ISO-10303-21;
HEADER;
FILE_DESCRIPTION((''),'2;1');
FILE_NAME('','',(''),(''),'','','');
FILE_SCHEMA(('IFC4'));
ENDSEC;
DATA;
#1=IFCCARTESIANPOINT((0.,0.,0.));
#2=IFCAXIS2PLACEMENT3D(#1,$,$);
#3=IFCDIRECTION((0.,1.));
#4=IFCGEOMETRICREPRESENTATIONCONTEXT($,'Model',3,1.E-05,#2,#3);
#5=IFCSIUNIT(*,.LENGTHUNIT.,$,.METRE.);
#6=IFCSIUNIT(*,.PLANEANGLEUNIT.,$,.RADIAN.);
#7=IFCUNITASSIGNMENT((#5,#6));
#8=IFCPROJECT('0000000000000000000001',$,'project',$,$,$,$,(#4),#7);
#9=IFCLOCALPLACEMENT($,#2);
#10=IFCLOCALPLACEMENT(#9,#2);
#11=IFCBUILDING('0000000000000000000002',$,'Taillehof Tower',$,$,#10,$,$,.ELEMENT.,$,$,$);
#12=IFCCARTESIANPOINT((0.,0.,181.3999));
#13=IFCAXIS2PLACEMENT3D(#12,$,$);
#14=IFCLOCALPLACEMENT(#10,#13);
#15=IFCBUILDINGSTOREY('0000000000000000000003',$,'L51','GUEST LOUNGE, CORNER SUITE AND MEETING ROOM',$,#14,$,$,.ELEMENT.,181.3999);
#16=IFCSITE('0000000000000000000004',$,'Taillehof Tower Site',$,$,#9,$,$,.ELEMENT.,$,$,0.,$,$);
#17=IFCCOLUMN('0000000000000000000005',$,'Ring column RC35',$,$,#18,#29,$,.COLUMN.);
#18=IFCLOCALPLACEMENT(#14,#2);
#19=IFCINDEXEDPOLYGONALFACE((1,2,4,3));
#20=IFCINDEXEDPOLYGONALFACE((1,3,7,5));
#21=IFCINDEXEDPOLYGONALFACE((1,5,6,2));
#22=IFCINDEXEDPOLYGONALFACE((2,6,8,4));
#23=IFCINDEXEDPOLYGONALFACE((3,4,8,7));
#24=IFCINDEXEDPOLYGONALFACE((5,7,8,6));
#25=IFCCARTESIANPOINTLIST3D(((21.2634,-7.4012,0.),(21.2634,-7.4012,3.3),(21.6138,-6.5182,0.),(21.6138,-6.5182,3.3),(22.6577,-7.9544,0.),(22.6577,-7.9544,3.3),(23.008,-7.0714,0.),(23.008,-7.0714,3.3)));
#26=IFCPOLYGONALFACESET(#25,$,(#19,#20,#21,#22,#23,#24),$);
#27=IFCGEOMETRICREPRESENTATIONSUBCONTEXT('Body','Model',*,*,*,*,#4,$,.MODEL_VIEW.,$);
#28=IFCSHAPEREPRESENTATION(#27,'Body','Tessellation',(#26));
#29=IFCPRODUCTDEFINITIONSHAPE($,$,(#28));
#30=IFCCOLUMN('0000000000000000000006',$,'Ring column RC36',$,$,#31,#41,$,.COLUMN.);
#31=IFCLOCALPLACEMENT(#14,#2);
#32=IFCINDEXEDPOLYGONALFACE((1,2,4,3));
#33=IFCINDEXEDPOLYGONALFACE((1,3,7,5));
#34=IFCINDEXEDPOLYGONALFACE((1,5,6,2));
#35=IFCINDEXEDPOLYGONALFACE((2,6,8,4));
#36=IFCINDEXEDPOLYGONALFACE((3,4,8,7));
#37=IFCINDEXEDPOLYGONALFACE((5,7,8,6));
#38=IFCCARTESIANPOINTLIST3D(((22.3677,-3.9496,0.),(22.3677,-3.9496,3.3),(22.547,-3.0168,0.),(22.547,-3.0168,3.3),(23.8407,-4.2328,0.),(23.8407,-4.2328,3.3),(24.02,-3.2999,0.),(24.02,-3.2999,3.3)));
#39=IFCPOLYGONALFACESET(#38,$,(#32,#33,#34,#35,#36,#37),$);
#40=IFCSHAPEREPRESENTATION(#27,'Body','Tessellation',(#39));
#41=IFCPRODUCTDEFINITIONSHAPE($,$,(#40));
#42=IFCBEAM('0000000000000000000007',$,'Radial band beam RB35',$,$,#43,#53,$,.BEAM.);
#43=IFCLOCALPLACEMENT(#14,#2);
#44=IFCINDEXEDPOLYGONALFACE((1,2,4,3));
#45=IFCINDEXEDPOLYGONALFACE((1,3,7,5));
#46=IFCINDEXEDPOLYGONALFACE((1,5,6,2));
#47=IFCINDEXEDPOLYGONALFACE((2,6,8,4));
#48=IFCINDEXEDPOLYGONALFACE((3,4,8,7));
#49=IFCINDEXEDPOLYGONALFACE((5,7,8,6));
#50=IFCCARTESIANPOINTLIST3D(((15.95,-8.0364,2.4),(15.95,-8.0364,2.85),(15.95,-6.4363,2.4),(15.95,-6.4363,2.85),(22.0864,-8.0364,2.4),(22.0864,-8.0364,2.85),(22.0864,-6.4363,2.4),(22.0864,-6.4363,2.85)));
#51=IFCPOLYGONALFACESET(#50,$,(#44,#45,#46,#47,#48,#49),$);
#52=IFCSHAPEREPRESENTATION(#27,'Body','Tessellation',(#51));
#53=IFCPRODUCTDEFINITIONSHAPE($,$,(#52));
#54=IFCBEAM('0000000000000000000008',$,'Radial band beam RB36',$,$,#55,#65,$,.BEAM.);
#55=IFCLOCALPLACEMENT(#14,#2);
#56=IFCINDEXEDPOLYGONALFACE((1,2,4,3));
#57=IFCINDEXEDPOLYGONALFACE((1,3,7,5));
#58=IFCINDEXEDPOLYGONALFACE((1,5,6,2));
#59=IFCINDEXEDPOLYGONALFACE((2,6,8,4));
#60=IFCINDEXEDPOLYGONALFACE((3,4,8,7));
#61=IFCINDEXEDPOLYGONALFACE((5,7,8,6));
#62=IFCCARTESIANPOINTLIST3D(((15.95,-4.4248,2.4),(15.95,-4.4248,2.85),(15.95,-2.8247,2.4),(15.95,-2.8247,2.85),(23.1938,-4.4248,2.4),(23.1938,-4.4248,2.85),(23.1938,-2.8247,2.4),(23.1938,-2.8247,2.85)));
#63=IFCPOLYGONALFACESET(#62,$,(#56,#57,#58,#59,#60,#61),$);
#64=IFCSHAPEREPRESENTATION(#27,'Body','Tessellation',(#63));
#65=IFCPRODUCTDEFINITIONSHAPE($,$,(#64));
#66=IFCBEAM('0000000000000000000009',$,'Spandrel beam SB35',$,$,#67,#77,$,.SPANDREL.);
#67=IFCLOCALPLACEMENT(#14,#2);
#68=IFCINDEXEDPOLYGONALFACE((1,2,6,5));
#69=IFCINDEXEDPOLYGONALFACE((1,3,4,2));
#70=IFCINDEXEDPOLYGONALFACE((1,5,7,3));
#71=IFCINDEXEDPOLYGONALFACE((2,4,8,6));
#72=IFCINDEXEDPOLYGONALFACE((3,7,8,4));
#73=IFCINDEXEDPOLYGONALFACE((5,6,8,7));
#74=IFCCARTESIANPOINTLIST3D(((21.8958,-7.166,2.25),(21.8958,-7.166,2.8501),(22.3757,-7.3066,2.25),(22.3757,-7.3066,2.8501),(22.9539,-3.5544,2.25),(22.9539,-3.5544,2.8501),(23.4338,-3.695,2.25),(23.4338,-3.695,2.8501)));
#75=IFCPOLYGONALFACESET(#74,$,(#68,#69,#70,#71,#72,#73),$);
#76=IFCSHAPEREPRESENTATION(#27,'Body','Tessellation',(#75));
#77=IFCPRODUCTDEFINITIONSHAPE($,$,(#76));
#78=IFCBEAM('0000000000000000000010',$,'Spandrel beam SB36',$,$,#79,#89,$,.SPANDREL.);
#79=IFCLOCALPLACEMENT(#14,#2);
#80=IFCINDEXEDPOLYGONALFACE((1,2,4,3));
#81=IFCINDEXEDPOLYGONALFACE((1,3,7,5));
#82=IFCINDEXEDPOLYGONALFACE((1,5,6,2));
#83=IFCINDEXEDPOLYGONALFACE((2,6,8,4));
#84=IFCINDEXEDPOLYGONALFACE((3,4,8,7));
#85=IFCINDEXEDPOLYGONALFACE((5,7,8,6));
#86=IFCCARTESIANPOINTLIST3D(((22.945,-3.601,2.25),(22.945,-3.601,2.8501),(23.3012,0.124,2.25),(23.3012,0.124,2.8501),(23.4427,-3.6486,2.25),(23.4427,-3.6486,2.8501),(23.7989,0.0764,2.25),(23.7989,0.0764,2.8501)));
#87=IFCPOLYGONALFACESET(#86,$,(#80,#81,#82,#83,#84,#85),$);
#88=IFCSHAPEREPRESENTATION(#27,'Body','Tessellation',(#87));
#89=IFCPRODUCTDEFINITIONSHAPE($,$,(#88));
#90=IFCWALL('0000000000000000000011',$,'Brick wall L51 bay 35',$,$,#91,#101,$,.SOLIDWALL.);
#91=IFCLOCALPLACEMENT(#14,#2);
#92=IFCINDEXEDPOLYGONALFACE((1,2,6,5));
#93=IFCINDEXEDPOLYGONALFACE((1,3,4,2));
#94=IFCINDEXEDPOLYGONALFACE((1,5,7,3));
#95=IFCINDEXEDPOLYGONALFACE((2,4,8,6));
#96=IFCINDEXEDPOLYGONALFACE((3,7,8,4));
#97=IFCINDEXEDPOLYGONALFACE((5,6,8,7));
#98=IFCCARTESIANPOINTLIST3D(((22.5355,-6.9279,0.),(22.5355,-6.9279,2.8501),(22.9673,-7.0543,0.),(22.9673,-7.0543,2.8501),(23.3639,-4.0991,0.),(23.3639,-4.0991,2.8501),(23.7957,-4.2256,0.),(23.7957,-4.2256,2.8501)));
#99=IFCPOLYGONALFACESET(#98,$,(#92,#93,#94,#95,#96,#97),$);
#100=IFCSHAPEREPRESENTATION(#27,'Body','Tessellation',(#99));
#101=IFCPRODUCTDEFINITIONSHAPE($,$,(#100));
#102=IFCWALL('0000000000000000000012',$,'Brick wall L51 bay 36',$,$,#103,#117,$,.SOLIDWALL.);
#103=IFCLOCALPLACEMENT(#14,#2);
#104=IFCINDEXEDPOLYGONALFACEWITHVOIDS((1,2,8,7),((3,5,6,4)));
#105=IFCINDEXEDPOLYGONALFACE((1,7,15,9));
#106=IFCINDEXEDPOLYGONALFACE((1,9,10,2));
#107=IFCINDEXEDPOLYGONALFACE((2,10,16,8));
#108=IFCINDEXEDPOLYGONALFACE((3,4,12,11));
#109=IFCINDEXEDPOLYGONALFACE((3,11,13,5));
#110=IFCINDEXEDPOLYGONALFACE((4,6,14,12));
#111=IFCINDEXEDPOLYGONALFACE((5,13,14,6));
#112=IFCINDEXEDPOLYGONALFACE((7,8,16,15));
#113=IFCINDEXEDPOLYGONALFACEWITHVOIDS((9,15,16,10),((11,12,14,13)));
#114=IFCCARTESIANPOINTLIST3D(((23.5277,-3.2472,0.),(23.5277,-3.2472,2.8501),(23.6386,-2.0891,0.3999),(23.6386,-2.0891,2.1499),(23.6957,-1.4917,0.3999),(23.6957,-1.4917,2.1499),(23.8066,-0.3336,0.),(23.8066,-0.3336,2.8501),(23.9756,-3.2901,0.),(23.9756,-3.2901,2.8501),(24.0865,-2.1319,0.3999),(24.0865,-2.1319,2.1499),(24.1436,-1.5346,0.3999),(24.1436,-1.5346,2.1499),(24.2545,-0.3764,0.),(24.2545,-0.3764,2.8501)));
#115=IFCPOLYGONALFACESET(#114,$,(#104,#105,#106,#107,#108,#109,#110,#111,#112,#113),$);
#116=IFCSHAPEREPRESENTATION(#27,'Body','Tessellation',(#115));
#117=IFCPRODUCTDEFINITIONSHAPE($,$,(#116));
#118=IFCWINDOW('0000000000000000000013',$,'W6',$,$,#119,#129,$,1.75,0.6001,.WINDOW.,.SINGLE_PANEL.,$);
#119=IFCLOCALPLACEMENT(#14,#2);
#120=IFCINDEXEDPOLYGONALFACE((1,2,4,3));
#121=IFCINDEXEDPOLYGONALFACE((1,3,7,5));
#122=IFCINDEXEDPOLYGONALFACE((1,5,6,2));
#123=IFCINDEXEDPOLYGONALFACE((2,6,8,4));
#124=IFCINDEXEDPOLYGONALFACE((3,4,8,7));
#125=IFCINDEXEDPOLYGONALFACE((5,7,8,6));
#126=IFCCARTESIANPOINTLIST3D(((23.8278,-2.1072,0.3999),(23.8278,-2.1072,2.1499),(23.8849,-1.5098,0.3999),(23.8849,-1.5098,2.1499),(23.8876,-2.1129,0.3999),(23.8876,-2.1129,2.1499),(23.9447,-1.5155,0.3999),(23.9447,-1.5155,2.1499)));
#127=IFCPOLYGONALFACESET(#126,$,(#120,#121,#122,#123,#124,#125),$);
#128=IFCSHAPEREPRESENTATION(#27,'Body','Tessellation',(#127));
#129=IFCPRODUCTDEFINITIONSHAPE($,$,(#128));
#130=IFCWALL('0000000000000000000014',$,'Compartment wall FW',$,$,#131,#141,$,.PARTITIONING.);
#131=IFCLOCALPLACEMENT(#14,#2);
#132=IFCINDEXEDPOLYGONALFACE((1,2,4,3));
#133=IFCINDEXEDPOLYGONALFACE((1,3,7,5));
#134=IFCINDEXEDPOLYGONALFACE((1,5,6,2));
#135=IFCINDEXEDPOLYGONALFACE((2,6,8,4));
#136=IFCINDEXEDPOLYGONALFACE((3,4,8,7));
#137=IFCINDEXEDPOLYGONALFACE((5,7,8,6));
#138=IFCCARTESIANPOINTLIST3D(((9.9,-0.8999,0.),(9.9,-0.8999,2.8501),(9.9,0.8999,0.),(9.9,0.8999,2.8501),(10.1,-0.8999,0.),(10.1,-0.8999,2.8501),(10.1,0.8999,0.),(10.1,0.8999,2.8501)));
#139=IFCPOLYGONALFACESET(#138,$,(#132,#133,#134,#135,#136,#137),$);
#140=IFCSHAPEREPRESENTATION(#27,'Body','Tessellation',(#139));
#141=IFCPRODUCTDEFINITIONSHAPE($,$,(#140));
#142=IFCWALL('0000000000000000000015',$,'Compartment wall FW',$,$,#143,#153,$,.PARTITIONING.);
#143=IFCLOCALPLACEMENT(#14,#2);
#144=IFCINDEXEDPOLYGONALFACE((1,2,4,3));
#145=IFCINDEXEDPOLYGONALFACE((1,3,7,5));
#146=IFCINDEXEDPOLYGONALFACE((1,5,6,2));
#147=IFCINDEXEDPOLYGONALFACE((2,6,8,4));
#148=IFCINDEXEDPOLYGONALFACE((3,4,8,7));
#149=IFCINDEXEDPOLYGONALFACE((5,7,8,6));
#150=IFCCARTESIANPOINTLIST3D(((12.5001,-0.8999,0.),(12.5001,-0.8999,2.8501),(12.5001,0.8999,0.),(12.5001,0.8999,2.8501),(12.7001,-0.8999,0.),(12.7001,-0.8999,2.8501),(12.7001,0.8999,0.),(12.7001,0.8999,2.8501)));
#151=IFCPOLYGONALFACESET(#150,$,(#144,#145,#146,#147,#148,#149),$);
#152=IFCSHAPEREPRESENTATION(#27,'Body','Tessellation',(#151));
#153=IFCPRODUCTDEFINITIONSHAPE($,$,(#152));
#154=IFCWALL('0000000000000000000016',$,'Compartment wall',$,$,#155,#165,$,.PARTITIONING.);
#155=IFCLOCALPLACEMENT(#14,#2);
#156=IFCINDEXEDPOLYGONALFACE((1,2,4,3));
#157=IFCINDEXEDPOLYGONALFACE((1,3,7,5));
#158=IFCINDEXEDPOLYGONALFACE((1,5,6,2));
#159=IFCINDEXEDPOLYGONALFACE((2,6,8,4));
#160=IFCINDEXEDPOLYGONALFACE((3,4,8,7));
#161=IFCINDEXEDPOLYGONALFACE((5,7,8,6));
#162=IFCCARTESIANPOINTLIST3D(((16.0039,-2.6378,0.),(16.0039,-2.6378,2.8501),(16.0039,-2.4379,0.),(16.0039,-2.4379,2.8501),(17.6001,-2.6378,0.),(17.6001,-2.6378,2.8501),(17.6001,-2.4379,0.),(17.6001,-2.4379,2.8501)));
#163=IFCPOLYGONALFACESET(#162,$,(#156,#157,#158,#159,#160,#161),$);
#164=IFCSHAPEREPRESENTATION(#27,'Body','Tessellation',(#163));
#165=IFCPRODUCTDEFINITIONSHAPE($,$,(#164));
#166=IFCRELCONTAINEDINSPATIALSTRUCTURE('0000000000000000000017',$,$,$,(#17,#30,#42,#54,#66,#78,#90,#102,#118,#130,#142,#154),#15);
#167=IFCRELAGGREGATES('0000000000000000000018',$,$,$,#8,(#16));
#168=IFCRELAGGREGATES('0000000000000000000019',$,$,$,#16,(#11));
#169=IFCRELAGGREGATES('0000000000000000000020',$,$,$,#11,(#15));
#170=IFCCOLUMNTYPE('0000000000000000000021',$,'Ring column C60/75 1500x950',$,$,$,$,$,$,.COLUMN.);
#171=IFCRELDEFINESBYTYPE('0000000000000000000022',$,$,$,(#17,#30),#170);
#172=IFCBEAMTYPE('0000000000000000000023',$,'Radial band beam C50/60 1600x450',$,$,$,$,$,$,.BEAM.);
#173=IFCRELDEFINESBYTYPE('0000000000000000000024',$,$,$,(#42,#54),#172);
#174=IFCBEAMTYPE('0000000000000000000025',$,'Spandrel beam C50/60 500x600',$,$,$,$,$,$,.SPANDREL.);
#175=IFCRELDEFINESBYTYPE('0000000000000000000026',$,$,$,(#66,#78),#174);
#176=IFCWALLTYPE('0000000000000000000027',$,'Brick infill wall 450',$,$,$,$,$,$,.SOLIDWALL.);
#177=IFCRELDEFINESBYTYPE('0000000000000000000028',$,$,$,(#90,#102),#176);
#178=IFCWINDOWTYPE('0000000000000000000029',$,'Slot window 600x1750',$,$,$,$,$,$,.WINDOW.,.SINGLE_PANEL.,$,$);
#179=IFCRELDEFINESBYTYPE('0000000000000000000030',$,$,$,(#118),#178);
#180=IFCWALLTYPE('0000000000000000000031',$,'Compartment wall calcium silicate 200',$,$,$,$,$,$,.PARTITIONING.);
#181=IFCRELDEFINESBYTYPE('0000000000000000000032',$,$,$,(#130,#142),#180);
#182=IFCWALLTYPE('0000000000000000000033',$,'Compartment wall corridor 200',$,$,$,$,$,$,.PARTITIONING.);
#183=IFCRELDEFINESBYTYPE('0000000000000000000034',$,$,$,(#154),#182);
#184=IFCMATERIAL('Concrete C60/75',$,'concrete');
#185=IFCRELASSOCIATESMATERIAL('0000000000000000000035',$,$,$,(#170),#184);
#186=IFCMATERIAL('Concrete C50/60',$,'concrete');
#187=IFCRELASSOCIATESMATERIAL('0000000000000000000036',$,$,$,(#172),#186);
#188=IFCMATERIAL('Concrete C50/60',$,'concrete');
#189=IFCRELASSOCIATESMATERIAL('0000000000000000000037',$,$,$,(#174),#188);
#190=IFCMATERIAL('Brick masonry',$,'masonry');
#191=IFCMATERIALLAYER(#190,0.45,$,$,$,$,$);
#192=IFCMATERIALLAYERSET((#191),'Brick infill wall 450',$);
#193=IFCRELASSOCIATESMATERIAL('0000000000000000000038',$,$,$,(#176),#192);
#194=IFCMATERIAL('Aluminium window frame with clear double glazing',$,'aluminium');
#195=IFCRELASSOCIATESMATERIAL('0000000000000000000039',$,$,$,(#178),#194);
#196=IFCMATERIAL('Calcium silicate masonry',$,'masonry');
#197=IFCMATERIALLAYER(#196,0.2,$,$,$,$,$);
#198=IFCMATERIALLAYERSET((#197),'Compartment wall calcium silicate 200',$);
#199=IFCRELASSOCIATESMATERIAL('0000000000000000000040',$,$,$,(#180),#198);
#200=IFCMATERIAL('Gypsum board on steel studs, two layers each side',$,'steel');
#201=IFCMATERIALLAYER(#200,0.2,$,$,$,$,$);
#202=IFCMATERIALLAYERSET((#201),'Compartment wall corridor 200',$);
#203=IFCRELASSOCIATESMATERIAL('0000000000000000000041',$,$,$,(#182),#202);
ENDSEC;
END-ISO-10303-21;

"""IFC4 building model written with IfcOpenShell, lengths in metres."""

from ifc_helpers import new_model, si_unit, direction, frame, frame_2d, origin, origin_2d, place, context, subcontext, project, spatial, rectangle, extrude, material, layer, layer_set, material_profile, profile_set, type_object, element, fill, save


model = new_model("IFC4")

# Units and contexts
model_context = context("Model", 3, precision=1e-05, world=origin(), true_north=direction((0.0, 1.0)))
body_context = subcontext(model_context, "Body", "Model", "MODEL_VIEW")
ifc_project = project(units=[si_unit("LENGTHUNIT", "METRE"), si_unit("PLANEANGLEUNIT", "RADIAN")], contexts=[model_context])

# Site, building, storey
site_placement = place(None, origin())
site = spatial("IfcSite", under=ifc_project, at=site_placement, Name="Taillehof Tower Site", CompositionType="ELEMENT", RefElevation=0.0)
building_placement = place(site_placement, origin())
building = spatial("IfcBuilding", under=site, at=building_placement, Name="Taillehof Tower", CompositionType="ELEMENT")
storey_placement = place(building_placement, frame((0.0, 0.0, 181.3999)))
storey = spatial("IfcBuildingStorey", under=building, at=storey_placement, Name="L51", Description="GUEST LOUNGE, CORNER SUITE AND MEETING ROOM", CompositionType="ELEMENT", Elevation=181.3999)

# Columns
ifc_material_1 = material(Name="Concrete C60/75", Category="concrete")
ifc_material_profile_1 = material_profile(ifc_material_1, rectangle(XDim=1.5, YDim=0.95, at=origin_2d()), Name="RC 1500x950")
ifc_profile_set_1 = profile_set([ifc_material_profile_1], Name="Concrete C60/75")
column_type = type_object("IfcColumnType", Name="Ring column C60/75 1500x950", PredefinedType="COLUMN", material=ifc_profile_set_1)
for number, where, z_axis, x_axis, name in (
    (1, (22.1357, -7.2363, 0.0), (0.0, 0.0, 1.0), (0.929511, -0.368793, 0.0), "Ring column RC35"),
    (2, (23.1938, -3.6248, 0.0), (0.0, 0.0, 1.0), (0.982024, -0.188757, 0.0), "Ring column RC36"),
):
    element("IfcColumn", number, at=place(storey_placement, frame(where, z_axis=z_axis, x_axis=x_axis)), inside=storey, type_object=column_type, Name=name, PredefinedType="COLUMN", context=body_context, shape_type="SweptSolid", body=[
        extrude(rectangle(XDim=1.5, YDim=0.95, at=origin_2d()), origin(), (0.0, 0.0, 1.0), 3.3),
    ])

# Beams
ifc_material_2 = material(Name="Concrete C50/60", Category="concrete")
ifc_material_profile_2 = material_profile(ifc_material_2, rectangle(XDim=1.6001, YDim=0.45, at=origin_2d()), Name="RC 1600x450")
ifc_profile_set_2 = profile_set([ifc_material_profile_2], Name="Concrete C50/60")
beam_type_1 = type_object("IfcBeamType", Name="Radial band beam C50/60 1600x450", PredefinedType="BEAM", material=ifc_profile_set_2)
beam_1_placement = place(storey_placement, frame((22.0864, -7.2363, 2.625), z_axis=(-1.0, 0.0, 0.0), x_axis=(0.0, -1.0, 0.0)))
element("IfcBeam", 3, at=beam_1_placement, inside=storey, type_object=beam_type_1, Name="Radial band beam RB35", PredefinedType="BEAM", context=body_context, shape_type="SweptSolid", body=[
    extrude(rectangle(XDim=1.6001, YDim=0.45, at=origin_2d()), origin(), (0.0, 0.0, 1.0), 6.1365),
])
beam_2_placement = place(storey_placement, frame((23.1938, -3.6248, 2.625), z_axis=(-1.0, 0.0, 0.0), x_axis=(0.0, -1.0, 0.0)))
element("IfcBeam", 4, at=beam_2_placement, inside=storey, type_object=beam_type_1, Name="Radial band beam RB36", PredefinedType="BEAM", context=body_context, shape_type="SweptSolid", body=[
    extrude(rectangle(XDim=1.6001, YDim=0.45, at=origin_2d()), origin(), (0.0, 0.0, 1.0), 7.2439),
])
ifc_material_3 = material(Name="Concrete C50/60", Category="concrete")
ifc_material_profile_3 = material_profile(ifc_material_3, rectangle(XDim=0.5, YDim=0.6001, at=origin_2d()), Name="RC 500x600")
ifc_profile_set_3 = profile_set([ifc_material_profile_3], Name="Concrete C50/60")
beam_type_2 = type_object("IfcBeamType", Name="Spandrel beam C50/60 500x600", PredefinedType="SPANDREL", material=ifc_profile_set_3)
beam_3_placement = place(storey_placement, frame((22.1357, -7.2363, 2.55), z_axis=(0.281158, 0.959661, 0.0), x_axis=(-0.959661, 0.281158, 0.0)))
element("IfcBeam", 5, at=beam_3_placement, inside=storey, type_object=beam_type_2, Name="Spandrel beam SB35", PredefinedType="SPANDREL", context=body_context, shape_type="SweptSolid", body=[
    extrude(rectangle(XDim=0.5, YDim=0.6001, at=origin_2d()), origin(), (0.0, 0.0, 1.0), 3.7634),
])
beam_4_placement = place(storey_placement, frame((23.1938, -3.6248, 2.55), z_axis=(0.095194, 0.995459, 0.0), x_axis=(-0.995459, 0.095194, 0.0)))
element("IfcBeam", 6, at=beam_4_placement, inside=storey, type_object=beam_type_2, Name="Spandrel beam SB36", PredefinedType="SPANDREL", context=body_context, shape_type="SweptSolid", body=[
    extrude(rectangle(XDim=0.5, YDim=0.6001, at=origin_2d()), origin(), (0.0, 0.0, 1.0), 3.7419),
])

# Wall
ifc_material_4 = material(Name="Brick masonry", Category="masonry")
ifc_layer_1 = layer(ifc_material_4, 0.45)
ifc_layer_set_1 = layer_set([ifc_layer_1], Name="Brick infill wall 450")
wall_type_1 = type_object("IfcWallType", Name="Brick infill wall 450", PredefinedType="SOLIDWALL", material=ifc_layer_set_1)
wall_1_placement = place(storey_placement, frame((22.7515, -6.991, 0.0), z_axis=(0.0, 0.0, 1.0), x_axis=(0.281049, 0.959693, 0.0)))
element("IfcWall", 7, at=wall_1_placement, inside=storey, type_object=wall_type_1, Name="Brick wall L51 bay 35", PredefinedType="SOLIDWALL", context=body_context, shape_type="SweptSolid", body=[
    extrude(rectangle(XDim=2.9475, YDim=0.45, at=frame_2d((1.4736, 0.0))), origin(), (0.0, 0.0, 1.0), 2.8501),
])

# Wall, opening, window
wall_2_placement = place(storey_placement, frame((23.7517, -3.2686, 0.0), z_axis=(0.0, 0.0, 1.0), x_axis=(0.095258, 0.995453, 0.0)))
wall_2 = element("IfcWall", 8, at=wall_2_placement, inside=storey, type_object=wall_type_1, Name="Brick wall L51 bay 36", PredefinedType="SOLIDWALL", context=body_context, shape_type="SweptSolid", body=[
    extrude(rectangle(XDim=2.927, YDim=0.45, at=frame_2d((1.4634, 0.0))), origin(), (0.0, 0.0, 1.0), 2.8501),
])
opening_1_placement = place(wall_2_placement, frame((1.1633, 0.0, 0.3999)))
opening_1 = element("IfcOpeningElement", 9, at=opening_1_placement, cuts=wall_2, PredefinedType="OPENING", context=body_context, shape_type="SweptSolid", body=[
    extrude(rectangle(XDim=0.6001, YDim=1.75, at=frame_2d((0.3, 0.875))), frame((0.0, 0.2349, 0.0), z_axis=(0.0, -1.0, 0.0), x_axis=(1.0, 0.0, 0.0)), (0.0, 0.0, 1.0), 0.47),
])
ifc_material_5 = material(Name="Aluminium window frame with clear double glazing", Category="aluminium")
window_type = type_object("IfcWindowType", Name="Slot window 600x1750", PartitioningType="SINGLE_PANEL", PredefinedType="WINDOW", material=ifc_material_5)
window_placement = place(opening_1_placement, origin())
window = element("IfcWindow", 10, at=window_placement, inside=storey, type_object=window_type, Name="W6", OverallHeight=1.75, OverallWidth=0.6001, PartitioningType="SINGLE_PANEL", PredefinedType="WINDOW", context=body_context, shape_type="SweptSolid", body=[
    extrude(rectangle(XDim=0.6001, YDim=1.75, at=frame_2d((0.3, 0.875))), frame((0.0, 0.0349, 0.0), z_axis=(0.0, -1.0, 0.0), x_axis=(1.0, 0.0, 0.0)), (0.0, 0.0, 1.0), 0.0601),
])
fill(opening_1, window)

# Walls
ifc_material_6 = material(Name="Calcium silicate masonry", Category="masonry")
ifc_layer_2 = layer(ifc_material_6, 0.2)
ifc_layer_set_2 = layer_set([ifc_layer_2], Name="Compartment wall calcium silicate 200")
wall_type_2 = type_object("IfcWallType", Name="Compartment wall calcium silicate 200", PredefinedType="PARTITIONING", material=ifc_layer_set_2)
for number, where, z_axis, x_axis, name in (
    (11, (10.0, -0.8999, 0.0), (0.0, 0.0, 1.0), (0.0, 1.0, 0.0), "Compartment wall FW"),
    (12, (12.6001, -0.8999, 0.0), (0.0, 0.0, 1.0), (0.0, 1.0, 0.0), "Compartment wall FW"),
):
    element("IfcWall", number, at=place(storey_placement, frame(where, z_axis=z_axis, x_axis=x_axis)), inside=storey, type_object=wall_type_2, Name=name, PredefinedType="PARTITIONING", context=body_context, shape_type="SweptSolid", body=[
        extrude(rectangle(XDim=1.7998, YDim=0.2, at=frame_2d((0.8999, 0.0))), origin(), (0.0, 0.0, 1.0), 2.8501),
    ])
ifc_material_7 = material(Name="Gypsum board on steel studs, two layers each side", Category="steel")
ifc_layer_3 = layer(ifc_material_7, 0.2)
ifc_layer_set_3 = layer_set([ifc_layer_3], Name="Compartment wall corridor 200")
wall_type_3 = type_object("IfcWallType", Name="Compartment wall corridor 200", PredefinedType="PARTITIONING", material=ifc_layer_set_3)
wall_3_placement = place(storey_placement, frame((16.0039, -2.5378, 0.0), z_axis=(0.0, 0.0, 1.0), x_axis=(1.0, 0.0, 0.0)))
element("IfcWall", 13, at=wall_3_placement, inside=storey, type_object=wall_type_3, Name="Compartment wall", PredefinedType="PARTITIONING", context=body_context, shape_type="SweptSolid", body=[
    extrude(rectangle(XDim=1.5962, YDim=0.2, at=frame_2d((0.7981, 0.0))), origin(), (0.0, 0.0, 1.0), 2.8501),
])

save(model, "model.ifc")
